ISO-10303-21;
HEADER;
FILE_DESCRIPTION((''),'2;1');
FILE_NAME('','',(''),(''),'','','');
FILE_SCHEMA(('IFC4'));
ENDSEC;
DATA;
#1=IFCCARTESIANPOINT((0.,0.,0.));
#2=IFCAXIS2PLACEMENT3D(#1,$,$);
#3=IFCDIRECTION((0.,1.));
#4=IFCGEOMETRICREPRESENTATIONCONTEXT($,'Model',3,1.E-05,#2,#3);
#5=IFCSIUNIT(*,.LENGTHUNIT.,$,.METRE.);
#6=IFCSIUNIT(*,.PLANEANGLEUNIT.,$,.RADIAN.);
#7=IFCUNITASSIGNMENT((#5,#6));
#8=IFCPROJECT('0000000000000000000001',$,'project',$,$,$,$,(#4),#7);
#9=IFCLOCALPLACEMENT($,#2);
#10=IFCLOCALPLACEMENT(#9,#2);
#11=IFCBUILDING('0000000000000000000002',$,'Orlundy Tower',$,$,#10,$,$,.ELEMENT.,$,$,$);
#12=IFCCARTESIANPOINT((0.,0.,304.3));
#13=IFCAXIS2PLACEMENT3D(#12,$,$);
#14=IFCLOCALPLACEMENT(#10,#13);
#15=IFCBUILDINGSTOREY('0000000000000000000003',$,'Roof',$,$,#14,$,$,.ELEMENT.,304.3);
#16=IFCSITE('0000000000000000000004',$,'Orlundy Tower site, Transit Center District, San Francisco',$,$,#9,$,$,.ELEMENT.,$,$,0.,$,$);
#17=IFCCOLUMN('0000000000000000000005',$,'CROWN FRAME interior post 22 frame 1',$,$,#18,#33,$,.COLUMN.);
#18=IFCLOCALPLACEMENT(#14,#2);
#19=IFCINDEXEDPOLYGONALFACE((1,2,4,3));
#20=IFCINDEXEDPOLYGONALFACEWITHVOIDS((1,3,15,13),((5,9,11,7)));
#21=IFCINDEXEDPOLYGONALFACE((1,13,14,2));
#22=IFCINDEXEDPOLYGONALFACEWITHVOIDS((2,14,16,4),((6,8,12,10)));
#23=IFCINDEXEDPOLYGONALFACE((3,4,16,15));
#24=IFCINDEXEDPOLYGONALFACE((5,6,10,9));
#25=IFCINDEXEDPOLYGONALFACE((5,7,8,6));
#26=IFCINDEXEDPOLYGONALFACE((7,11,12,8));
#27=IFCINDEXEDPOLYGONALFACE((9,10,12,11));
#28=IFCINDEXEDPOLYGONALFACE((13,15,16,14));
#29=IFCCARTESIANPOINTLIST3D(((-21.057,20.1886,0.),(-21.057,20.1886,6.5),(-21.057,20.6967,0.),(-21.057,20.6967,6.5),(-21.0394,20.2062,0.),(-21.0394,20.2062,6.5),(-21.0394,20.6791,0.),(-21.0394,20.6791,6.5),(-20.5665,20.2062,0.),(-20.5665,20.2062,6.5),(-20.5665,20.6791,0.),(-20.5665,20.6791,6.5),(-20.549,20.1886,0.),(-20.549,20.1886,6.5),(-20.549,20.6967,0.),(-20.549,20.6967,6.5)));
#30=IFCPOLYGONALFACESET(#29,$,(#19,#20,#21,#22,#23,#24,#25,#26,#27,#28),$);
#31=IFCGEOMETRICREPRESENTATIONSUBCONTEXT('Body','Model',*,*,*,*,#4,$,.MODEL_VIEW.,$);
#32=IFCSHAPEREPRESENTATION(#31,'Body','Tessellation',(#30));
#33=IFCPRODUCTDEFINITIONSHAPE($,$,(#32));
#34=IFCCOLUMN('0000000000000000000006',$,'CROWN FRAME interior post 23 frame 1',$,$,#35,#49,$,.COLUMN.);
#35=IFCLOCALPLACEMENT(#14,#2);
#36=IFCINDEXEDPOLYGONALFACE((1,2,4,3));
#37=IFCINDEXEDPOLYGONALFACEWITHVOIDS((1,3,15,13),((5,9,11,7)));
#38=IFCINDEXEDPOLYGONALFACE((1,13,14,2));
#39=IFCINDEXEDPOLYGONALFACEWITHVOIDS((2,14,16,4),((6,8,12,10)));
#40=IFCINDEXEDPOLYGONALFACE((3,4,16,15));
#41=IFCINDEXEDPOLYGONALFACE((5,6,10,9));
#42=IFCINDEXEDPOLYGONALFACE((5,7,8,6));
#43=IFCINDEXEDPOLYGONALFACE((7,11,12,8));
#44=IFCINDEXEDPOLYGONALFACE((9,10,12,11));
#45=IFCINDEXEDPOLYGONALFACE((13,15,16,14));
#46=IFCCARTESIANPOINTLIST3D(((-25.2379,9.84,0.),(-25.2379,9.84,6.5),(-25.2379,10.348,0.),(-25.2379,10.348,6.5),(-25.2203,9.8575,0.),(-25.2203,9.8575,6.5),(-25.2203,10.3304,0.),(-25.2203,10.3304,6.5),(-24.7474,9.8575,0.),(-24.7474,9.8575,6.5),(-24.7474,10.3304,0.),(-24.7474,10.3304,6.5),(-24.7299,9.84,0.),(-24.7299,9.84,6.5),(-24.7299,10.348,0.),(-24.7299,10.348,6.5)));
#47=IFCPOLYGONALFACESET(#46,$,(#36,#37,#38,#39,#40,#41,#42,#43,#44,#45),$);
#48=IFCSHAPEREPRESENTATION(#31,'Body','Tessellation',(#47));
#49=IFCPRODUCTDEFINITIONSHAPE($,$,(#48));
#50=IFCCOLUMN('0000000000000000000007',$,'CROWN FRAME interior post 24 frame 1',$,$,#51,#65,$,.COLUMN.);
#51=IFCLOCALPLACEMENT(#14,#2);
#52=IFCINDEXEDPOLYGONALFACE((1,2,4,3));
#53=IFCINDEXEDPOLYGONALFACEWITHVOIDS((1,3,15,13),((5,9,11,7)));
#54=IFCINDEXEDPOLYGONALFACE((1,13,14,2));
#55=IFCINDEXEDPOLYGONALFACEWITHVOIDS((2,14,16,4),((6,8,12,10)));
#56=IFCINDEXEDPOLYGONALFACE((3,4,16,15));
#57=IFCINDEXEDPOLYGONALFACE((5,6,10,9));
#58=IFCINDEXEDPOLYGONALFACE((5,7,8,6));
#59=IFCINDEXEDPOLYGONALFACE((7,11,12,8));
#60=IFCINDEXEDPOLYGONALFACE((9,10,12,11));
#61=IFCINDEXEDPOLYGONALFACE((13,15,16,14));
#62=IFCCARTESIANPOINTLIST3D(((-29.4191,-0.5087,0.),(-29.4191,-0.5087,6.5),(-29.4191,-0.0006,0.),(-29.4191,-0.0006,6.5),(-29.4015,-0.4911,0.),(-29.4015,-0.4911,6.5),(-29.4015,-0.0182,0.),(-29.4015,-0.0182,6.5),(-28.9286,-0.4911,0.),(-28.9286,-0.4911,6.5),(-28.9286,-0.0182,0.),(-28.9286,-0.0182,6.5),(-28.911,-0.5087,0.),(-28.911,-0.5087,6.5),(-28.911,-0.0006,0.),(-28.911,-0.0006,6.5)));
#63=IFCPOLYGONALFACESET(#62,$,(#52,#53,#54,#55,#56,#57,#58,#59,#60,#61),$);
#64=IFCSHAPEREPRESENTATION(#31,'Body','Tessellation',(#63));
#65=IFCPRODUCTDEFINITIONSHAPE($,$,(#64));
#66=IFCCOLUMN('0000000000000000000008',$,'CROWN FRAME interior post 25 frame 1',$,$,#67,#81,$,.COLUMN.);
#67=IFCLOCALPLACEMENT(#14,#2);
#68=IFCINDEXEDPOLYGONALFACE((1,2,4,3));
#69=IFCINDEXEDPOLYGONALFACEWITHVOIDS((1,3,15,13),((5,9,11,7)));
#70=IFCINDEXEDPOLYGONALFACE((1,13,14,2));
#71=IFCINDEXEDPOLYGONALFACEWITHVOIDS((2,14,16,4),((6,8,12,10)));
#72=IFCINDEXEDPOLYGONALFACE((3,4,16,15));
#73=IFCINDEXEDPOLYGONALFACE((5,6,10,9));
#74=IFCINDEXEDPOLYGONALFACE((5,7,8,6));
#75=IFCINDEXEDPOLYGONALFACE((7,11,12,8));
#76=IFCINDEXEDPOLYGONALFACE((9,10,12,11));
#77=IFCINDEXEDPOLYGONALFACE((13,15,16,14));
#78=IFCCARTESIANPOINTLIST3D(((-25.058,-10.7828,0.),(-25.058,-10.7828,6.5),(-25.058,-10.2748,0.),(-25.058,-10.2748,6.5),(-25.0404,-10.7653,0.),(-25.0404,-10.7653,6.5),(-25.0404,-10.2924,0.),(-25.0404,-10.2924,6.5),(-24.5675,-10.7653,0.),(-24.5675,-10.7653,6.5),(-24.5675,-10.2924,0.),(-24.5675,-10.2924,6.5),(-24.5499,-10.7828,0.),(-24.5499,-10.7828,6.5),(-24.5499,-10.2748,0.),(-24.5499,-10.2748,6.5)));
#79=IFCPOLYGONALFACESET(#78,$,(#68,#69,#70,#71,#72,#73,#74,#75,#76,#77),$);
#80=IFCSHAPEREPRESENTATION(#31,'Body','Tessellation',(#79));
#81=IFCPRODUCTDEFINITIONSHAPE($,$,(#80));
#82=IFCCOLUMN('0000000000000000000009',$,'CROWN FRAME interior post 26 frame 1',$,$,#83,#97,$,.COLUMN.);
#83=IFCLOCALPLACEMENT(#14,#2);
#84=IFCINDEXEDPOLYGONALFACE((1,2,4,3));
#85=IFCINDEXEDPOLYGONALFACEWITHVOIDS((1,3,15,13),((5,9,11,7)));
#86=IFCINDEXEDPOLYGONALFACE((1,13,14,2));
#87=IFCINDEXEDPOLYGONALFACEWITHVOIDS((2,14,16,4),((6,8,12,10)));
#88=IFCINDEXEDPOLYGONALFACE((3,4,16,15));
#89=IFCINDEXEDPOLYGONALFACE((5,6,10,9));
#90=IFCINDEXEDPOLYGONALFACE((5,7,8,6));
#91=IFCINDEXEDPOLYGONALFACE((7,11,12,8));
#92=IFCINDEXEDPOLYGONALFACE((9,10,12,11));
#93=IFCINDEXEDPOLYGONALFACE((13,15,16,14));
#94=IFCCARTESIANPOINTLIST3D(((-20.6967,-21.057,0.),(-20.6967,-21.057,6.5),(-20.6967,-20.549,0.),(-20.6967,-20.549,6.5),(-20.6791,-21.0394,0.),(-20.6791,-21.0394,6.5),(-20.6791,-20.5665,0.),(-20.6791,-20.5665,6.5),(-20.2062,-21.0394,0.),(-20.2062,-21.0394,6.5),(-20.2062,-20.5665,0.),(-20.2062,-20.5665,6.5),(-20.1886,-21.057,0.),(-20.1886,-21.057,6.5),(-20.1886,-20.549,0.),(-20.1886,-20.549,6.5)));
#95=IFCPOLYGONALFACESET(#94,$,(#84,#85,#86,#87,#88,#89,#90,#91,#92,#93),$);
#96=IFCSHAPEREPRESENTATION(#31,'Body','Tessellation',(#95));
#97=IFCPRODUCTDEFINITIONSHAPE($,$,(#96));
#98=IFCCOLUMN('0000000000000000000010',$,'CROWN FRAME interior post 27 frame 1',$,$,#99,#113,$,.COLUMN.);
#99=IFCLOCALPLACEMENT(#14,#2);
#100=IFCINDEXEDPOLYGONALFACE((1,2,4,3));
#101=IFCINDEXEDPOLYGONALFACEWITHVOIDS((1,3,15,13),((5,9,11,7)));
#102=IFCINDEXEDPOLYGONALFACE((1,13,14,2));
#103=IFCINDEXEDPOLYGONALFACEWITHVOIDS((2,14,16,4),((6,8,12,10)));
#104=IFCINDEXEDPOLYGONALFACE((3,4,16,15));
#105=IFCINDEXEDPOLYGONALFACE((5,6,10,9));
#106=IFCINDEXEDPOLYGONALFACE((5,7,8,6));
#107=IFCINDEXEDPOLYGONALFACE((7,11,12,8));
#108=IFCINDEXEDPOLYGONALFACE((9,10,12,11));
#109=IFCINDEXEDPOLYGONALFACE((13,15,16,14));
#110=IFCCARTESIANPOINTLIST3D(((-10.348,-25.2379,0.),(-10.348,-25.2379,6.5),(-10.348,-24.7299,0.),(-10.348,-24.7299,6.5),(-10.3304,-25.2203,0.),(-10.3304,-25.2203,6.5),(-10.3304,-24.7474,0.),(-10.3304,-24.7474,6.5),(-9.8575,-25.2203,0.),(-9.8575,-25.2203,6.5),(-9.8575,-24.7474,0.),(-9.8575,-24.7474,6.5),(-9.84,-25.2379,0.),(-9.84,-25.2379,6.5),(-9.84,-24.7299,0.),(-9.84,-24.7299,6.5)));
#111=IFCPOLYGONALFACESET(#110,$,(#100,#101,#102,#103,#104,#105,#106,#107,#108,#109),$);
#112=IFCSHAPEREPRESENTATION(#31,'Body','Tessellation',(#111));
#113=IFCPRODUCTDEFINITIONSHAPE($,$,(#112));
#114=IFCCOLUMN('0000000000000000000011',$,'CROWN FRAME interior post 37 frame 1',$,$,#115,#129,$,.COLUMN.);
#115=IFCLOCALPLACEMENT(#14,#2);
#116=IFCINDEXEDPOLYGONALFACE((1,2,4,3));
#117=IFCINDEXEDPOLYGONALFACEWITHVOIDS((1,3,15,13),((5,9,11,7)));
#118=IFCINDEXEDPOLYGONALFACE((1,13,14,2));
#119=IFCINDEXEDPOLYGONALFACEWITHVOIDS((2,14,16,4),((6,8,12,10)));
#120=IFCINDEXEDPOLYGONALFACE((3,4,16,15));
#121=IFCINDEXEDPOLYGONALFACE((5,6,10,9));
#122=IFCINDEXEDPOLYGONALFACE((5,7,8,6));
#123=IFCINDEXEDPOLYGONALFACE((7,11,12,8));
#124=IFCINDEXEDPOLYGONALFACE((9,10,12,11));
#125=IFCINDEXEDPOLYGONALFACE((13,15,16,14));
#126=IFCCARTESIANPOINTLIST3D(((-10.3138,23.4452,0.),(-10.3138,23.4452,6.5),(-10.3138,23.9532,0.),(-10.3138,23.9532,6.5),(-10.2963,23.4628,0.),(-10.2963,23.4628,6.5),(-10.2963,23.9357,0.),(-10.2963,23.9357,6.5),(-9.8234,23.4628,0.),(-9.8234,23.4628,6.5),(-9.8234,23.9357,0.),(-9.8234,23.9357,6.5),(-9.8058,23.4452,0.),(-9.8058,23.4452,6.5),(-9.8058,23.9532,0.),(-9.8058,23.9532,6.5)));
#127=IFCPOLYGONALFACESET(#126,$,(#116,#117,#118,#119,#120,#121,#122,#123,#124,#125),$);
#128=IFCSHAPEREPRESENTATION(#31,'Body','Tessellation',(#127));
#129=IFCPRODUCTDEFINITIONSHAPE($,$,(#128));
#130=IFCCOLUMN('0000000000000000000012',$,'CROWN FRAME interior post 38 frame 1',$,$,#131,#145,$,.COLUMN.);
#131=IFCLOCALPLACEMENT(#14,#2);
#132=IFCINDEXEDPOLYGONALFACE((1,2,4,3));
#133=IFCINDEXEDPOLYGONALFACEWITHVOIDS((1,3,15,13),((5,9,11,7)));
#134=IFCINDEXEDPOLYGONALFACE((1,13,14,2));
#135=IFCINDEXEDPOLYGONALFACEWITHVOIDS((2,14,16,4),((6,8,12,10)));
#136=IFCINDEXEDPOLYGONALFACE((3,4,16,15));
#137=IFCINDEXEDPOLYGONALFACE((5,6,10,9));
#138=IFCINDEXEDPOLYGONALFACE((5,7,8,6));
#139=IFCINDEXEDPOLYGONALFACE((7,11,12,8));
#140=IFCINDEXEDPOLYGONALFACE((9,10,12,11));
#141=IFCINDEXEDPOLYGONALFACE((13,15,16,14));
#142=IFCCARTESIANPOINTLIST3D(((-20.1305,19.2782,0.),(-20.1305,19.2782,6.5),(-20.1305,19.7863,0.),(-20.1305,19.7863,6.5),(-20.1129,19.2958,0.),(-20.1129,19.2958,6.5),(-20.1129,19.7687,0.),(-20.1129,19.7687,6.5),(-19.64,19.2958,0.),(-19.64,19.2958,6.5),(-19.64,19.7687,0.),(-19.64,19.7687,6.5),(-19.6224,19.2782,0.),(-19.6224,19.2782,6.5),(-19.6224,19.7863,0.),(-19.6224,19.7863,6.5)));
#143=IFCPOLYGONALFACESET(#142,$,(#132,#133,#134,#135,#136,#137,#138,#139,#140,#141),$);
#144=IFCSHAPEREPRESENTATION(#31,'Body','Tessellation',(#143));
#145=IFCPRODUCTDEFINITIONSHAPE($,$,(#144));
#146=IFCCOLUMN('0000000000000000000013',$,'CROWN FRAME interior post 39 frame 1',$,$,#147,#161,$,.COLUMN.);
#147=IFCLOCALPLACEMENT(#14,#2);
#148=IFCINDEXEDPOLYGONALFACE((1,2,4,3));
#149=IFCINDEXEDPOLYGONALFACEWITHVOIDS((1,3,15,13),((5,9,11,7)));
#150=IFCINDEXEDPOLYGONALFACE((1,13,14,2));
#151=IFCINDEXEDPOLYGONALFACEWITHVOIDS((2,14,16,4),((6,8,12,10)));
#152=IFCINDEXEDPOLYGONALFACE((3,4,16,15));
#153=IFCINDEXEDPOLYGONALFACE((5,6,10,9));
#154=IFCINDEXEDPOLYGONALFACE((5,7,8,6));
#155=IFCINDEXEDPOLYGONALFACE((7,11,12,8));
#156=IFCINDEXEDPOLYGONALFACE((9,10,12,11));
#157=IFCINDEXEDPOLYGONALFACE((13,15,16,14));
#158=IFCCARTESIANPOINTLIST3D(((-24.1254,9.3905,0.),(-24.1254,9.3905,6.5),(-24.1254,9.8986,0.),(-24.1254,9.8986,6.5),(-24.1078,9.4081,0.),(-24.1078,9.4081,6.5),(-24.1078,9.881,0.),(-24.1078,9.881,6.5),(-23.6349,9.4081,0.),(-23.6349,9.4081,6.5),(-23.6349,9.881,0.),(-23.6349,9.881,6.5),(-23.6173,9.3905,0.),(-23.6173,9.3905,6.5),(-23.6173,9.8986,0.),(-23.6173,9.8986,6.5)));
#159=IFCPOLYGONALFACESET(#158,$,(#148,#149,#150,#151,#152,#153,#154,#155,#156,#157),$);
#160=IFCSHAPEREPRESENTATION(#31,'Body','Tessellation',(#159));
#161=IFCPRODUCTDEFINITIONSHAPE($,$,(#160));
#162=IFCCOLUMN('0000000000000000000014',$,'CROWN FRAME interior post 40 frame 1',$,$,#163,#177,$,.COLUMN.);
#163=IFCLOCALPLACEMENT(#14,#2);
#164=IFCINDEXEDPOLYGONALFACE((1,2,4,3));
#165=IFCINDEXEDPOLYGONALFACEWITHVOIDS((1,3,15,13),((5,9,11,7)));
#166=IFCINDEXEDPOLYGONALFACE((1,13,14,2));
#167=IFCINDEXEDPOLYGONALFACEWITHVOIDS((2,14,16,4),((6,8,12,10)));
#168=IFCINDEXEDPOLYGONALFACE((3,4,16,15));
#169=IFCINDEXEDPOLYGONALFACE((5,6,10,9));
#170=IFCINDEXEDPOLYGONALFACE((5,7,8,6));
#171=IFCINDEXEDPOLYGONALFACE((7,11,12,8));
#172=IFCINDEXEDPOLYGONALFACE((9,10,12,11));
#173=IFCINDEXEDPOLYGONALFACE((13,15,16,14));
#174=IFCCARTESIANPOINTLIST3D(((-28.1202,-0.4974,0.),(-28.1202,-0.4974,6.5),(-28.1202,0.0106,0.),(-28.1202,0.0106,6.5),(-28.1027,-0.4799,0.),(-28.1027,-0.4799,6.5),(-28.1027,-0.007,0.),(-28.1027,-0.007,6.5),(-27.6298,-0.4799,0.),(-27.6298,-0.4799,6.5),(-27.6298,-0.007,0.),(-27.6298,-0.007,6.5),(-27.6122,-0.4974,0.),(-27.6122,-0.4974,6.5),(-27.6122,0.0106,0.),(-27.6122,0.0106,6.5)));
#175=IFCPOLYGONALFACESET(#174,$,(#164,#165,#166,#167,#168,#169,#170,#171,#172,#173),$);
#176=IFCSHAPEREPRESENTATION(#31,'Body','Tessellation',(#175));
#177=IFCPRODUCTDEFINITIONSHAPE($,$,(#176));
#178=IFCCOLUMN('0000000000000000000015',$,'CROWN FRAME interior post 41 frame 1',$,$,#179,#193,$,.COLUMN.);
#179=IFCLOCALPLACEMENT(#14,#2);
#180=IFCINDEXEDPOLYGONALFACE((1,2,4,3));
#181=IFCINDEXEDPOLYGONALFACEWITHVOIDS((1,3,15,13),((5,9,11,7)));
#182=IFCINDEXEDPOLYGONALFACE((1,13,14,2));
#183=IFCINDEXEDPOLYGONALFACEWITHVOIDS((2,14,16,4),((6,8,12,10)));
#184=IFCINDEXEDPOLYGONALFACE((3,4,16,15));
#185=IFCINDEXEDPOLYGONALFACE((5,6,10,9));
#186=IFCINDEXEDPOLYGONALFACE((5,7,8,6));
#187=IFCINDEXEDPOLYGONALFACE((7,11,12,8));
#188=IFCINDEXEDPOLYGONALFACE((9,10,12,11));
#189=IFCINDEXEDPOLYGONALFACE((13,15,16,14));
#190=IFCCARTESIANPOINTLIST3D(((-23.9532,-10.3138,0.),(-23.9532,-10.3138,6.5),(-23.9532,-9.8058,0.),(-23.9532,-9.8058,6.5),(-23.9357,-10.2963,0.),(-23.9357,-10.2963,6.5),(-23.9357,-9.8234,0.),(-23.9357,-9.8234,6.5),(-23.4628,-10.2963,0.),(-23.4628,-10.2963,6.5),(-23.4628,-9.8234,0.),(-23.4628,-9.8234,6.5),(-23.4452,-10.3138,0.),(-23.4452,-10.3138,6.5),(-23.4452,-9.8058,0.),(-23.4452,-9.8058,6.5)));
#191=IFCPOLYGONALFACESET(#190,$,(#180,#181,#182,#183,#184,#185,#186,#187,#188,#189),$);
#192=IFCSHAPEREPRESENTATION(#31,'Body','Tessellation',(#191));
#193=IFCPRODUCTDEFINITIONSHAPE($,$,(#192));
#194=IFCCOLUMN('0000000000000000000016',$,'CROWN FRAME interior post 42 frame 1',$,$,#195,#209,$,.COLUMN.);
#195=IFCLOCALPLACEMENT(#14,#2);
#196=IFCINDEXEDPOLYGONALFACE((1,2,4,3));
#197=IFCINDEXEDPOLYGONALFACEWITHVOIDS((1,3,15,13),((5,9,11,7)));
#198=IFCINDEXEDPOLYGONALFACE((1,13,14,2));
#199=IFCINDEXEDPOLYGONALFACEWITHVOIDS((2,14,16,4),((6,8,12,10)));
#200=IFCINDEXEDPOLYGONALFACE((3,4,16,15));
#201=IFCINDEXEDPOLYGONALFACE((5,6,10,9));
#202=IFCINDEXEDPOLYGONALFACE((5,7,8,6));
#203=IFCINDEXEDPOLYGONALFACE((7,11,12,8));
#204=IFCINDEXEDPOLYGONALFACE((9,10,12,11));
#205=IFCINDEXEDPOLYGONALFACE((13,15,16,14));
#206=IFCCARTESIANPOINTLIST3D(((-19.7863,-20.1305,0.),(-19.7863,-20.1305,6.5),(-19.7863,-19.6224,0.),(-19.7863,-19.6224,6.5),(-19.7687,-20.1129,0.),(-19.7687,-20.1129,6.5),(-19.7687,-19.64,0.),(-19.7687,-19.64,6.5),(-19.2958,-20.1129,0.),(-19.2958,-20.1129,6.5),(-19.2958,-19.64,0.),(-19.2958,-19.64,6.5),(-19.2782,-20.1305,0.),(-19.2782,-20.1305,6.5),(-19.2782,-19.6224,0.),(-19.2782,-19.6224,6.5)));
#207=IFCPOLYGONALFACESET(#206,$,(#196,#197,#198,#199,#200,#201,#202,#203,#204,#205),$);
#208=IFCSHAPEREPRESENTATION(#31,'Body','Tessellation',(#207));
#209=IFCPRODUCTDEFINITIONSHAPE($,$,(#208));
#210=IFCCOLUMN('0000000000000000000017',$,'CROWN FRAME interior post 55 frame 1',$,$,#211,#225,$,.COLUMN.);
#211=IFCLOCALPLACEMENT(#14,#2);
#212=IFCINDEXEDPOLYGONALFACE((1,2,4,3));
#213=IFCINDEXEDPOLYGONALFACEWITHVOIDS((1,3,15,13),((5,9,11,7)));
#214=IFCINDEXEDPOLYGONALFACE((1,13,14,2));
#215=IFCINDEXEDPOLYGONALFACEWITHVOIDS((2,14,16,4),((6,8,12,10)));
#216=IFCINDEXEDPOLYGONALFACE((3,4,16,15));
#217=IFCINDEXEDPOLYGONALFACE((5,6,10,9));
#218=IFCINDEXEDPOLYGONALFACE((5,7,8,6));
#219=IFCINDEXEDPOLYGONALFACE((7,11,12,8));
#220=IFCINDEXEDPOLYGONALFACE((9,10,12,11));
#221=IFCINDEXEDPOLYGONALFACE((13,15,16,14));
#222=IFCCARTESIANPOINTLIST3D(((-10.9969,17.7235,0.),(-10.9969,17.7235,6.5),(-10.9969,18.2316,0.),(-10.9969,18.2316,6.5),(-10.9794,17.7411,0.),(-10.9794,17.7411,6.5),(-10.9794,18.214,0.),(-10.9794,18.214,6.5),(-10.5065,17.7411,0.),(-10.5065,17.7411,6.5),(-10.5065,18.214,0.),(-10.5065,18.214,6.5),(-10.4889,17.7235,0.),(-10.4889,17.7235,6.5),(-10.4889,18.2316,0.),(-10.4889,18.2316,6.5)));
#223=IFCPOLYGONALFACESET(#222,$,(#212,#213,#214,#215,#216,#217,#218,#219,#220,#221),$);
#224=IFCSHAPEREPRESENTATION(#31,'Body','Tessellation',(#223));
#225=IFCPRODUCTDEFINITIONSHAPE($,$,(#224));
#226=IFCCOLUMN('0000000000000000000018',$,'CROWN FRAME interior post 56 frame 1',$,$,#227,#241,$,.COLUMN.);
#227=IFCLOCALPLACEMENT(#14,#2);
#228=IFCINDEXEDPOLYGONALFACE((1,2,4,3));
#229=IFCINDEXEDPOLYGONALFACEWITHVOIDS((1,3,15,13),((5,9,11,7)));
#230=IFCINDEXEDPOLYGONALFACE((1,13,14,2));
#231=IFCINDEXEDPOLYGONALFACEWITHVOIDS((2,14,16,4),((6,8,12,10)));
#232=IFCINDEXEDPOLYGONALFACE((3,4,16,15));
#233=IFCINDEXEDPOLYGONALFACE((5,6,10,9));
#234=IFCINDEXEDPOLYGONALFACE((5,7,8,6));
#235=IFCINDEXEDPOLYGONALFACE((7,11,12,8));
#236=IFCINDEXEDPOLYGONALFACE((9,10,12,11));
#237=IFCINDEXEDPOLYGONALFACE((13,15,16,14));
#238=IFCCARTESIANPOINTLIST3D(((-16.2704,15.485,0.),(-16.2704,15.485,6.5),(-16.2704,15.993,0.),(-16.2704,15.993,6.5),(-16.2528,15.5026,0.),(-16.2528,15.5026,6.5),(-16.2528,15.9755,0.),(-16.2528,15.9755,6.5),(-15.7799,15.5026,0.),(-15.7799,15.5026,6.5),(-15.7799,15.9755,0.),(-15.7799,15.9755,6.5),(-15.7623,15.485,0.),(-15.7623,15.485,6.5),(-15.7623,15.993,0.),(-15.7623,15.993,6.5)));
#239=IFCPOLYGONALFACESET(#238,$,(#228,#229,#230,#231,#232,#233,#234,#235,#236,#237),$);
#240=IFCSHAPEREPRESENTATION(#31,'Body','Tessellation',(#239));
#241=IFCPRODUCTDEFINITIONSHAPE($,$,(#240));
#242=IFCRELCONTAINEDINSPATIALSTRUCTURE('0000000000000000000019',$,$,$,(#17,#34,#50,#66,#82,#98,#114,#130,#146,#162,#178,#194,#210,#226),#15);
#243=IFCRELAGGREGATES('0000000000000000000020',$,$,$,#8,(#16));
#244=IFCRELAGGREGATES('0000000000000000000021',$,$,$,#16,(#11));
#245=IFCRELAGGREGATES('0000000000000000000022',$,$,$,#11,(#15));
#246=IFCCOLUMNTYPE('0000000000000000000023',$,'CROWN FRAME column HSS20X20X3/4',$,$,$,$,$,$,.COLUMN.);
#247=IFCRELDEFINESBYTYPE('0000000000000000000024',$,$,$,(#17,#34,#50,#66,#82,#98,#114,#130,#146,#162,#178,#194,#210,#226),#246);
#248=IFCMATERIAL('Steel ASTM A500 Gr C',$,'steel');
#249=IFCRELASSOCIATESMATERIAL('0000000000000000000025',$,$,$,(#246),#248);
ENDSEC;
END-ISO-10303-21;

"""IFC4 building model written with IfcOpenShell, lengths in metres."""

from ifc_helpers import new_model, si_unit, direction, frame, origin, origin_2d, place, context, subcontext, project, spatial, hollow_rectangle, extrude, material, material_profile, profile_set, type_object, element, save


model = new_model("IFC4")

# Units and contexts
model_context = context("Model", 3, precision=1e-05, world=origin(), true_north=direction((0.0, 1.0)))
body_context = subcontext(model_context, "Body", "Model", "MODEL_VIEW")
ifc_project = project(units=[si_unit("LENGTHUNIT", "METRE"), si_unit("PLANEANGLEUNIT", "RADIAN")], contexts=[model_context])

# Site, building, storey
site_placement = place(None, origin())
site = spatial("IfcSite", under=ifc_project, at=site_placement, Name="Orlundy Tower site, Transit Center District, San Francisco", CompositionType="ELEMENT", RefElevation=0.0)
building_placement = place(site_placement, origin())
building = spatial("IfcBuilding", under=site, at=building_placement, Name="Orlundy Tower", CompositionType="ELEMENT")
storey_placement = place(building_placement, frame((0.0, 0.0, 304.3)))
storey = spatial("IfcBuildingStorey", under=building, at=storey_placement, Name="Roof", CompositionType="ELEMENT", Elevation=304.3)

# Columns
ifc_material = material(Name="Steel ASTM A500 Gr C", Category="steel")
ifc_material_profile = material_profile(ifc_material, hollow_rectangle(XDim=0.5081, YDim=0.5081, WallThickness=0.0176, at=origin_2d()), Name="HSS20X20X3/4")
ifc_profile_set = profile_set([ifc_material_profile], Name="Steel ASTM A500 Gr C")
column_type = type_object("IfcColumnType", Name="CROWN FRAME column HSS20X20X3/4", PredefinedType="COLUMN", material=ifc_profile_set)
for number, where, z_axis, x_axis, name in (
    (1, (-20.803, 20.4426, 0.0), (0.0, 0.0, 1.0), (1.0, 0.0, 0.0), "CROWN FRAME interior post 22 frame 1"),
    (2, (-24.9839, 10.094, 0.0), (0.0, 0.0, 1.0), (1.0, 0.0, 0.0), "CROWN FRAME interior post 23 frame 1"),
    (3, (-29.165, -0.2546, 0.0), (0.0, 0.0, 1.0), (1.0, 0.0, 0.0), "CROWN FRAME interior post 24 frame 1"),
    (4, (-24.804, -10.5288, 0.0), (0.0, 0.0, 1.0), (1.0, 0.0, 0.0), "CROWN FRAME interior post 25 frame 1"),
    (5, (-20.4426, -20.803, 0.0), (0.0, 0.0, 1.0), (1.0, 0.0, 0.0), "CROWN FRAME interior post 26 frame 1"),
    (6, (-10.094, -24.9839, 0.0), (0.0, 0.0, 1.0), (1.0, 0.0, 0.0), "CROWN FRAME interior post 27 frame 1"),
    (7, (-10.0598, 23.6992, 0.0), (0.0, 0.0, 1.0), (1.0, 0.0, 0.0), "CROWN FRAME interior post 37 frame 1"),
    (8, (-19.8765, 19.5322, 0.0), (0.0, 0.0, 1.0), (1.0, 0.0, 0.0), "CROWN FRAME interior post 38 frame 1"),
    (9, (-23.8713, 9.6445, 0.0), (0.0, 0.0, 1.0), (1.0, 0.0, 0.0), "CROWN FRAME interior post 39 frame 1"),
    (10, (-27.8662, -0.2434, 0.0), (0.0, 0.0, 1.0), (1.0, 0.0, 0.0), "CROWN FRAME interior post 40 frame 1"),
    (11, (-23.6992, -10.0598, 0.0), (0.0, 0.0, 1.0), (1.0, 0.0, 0.0), "CROWN FRAME interior post 41 frame 1"),
    (12, (-19.5322, -19.8765, 0.0), (0.0, 0.0, 1.0), (1.0, 0.0, 0.0), "CROWN FRAME interior post 42 frame 1"),
    (13, (-10.7429, 17.9775, 0.0), (0.0, 0.0, 1.0), (1.0, 0.0, 0.0), "CROWN FRAME interior post 55 frame 1"),
    (14, (-16.0164, 15.739, 0.0), (0.0, 0.0, 1.0), (1.0, 0.0, 0.0), "CROWN FRAME interior post 56 frame 1"),
):
    element("IfcColumn", number, at=place(storey_placement, frame(where, z_axis=z_axis, x_axis=x_axis)), inside=storey, type_object=column_type, Name=name, PredefinedType="COLUMN", context=body_context, shape_type="SweptSolid", body=[
        extrude(hollow_rectangle(XDim=0.5081, YDim=0.5081, WallThickness=0.0176, at=origin_2d()), origin(), (0.0, 0.0, 1.0), 6.5),
    ])

save(model, "model.ifc")
